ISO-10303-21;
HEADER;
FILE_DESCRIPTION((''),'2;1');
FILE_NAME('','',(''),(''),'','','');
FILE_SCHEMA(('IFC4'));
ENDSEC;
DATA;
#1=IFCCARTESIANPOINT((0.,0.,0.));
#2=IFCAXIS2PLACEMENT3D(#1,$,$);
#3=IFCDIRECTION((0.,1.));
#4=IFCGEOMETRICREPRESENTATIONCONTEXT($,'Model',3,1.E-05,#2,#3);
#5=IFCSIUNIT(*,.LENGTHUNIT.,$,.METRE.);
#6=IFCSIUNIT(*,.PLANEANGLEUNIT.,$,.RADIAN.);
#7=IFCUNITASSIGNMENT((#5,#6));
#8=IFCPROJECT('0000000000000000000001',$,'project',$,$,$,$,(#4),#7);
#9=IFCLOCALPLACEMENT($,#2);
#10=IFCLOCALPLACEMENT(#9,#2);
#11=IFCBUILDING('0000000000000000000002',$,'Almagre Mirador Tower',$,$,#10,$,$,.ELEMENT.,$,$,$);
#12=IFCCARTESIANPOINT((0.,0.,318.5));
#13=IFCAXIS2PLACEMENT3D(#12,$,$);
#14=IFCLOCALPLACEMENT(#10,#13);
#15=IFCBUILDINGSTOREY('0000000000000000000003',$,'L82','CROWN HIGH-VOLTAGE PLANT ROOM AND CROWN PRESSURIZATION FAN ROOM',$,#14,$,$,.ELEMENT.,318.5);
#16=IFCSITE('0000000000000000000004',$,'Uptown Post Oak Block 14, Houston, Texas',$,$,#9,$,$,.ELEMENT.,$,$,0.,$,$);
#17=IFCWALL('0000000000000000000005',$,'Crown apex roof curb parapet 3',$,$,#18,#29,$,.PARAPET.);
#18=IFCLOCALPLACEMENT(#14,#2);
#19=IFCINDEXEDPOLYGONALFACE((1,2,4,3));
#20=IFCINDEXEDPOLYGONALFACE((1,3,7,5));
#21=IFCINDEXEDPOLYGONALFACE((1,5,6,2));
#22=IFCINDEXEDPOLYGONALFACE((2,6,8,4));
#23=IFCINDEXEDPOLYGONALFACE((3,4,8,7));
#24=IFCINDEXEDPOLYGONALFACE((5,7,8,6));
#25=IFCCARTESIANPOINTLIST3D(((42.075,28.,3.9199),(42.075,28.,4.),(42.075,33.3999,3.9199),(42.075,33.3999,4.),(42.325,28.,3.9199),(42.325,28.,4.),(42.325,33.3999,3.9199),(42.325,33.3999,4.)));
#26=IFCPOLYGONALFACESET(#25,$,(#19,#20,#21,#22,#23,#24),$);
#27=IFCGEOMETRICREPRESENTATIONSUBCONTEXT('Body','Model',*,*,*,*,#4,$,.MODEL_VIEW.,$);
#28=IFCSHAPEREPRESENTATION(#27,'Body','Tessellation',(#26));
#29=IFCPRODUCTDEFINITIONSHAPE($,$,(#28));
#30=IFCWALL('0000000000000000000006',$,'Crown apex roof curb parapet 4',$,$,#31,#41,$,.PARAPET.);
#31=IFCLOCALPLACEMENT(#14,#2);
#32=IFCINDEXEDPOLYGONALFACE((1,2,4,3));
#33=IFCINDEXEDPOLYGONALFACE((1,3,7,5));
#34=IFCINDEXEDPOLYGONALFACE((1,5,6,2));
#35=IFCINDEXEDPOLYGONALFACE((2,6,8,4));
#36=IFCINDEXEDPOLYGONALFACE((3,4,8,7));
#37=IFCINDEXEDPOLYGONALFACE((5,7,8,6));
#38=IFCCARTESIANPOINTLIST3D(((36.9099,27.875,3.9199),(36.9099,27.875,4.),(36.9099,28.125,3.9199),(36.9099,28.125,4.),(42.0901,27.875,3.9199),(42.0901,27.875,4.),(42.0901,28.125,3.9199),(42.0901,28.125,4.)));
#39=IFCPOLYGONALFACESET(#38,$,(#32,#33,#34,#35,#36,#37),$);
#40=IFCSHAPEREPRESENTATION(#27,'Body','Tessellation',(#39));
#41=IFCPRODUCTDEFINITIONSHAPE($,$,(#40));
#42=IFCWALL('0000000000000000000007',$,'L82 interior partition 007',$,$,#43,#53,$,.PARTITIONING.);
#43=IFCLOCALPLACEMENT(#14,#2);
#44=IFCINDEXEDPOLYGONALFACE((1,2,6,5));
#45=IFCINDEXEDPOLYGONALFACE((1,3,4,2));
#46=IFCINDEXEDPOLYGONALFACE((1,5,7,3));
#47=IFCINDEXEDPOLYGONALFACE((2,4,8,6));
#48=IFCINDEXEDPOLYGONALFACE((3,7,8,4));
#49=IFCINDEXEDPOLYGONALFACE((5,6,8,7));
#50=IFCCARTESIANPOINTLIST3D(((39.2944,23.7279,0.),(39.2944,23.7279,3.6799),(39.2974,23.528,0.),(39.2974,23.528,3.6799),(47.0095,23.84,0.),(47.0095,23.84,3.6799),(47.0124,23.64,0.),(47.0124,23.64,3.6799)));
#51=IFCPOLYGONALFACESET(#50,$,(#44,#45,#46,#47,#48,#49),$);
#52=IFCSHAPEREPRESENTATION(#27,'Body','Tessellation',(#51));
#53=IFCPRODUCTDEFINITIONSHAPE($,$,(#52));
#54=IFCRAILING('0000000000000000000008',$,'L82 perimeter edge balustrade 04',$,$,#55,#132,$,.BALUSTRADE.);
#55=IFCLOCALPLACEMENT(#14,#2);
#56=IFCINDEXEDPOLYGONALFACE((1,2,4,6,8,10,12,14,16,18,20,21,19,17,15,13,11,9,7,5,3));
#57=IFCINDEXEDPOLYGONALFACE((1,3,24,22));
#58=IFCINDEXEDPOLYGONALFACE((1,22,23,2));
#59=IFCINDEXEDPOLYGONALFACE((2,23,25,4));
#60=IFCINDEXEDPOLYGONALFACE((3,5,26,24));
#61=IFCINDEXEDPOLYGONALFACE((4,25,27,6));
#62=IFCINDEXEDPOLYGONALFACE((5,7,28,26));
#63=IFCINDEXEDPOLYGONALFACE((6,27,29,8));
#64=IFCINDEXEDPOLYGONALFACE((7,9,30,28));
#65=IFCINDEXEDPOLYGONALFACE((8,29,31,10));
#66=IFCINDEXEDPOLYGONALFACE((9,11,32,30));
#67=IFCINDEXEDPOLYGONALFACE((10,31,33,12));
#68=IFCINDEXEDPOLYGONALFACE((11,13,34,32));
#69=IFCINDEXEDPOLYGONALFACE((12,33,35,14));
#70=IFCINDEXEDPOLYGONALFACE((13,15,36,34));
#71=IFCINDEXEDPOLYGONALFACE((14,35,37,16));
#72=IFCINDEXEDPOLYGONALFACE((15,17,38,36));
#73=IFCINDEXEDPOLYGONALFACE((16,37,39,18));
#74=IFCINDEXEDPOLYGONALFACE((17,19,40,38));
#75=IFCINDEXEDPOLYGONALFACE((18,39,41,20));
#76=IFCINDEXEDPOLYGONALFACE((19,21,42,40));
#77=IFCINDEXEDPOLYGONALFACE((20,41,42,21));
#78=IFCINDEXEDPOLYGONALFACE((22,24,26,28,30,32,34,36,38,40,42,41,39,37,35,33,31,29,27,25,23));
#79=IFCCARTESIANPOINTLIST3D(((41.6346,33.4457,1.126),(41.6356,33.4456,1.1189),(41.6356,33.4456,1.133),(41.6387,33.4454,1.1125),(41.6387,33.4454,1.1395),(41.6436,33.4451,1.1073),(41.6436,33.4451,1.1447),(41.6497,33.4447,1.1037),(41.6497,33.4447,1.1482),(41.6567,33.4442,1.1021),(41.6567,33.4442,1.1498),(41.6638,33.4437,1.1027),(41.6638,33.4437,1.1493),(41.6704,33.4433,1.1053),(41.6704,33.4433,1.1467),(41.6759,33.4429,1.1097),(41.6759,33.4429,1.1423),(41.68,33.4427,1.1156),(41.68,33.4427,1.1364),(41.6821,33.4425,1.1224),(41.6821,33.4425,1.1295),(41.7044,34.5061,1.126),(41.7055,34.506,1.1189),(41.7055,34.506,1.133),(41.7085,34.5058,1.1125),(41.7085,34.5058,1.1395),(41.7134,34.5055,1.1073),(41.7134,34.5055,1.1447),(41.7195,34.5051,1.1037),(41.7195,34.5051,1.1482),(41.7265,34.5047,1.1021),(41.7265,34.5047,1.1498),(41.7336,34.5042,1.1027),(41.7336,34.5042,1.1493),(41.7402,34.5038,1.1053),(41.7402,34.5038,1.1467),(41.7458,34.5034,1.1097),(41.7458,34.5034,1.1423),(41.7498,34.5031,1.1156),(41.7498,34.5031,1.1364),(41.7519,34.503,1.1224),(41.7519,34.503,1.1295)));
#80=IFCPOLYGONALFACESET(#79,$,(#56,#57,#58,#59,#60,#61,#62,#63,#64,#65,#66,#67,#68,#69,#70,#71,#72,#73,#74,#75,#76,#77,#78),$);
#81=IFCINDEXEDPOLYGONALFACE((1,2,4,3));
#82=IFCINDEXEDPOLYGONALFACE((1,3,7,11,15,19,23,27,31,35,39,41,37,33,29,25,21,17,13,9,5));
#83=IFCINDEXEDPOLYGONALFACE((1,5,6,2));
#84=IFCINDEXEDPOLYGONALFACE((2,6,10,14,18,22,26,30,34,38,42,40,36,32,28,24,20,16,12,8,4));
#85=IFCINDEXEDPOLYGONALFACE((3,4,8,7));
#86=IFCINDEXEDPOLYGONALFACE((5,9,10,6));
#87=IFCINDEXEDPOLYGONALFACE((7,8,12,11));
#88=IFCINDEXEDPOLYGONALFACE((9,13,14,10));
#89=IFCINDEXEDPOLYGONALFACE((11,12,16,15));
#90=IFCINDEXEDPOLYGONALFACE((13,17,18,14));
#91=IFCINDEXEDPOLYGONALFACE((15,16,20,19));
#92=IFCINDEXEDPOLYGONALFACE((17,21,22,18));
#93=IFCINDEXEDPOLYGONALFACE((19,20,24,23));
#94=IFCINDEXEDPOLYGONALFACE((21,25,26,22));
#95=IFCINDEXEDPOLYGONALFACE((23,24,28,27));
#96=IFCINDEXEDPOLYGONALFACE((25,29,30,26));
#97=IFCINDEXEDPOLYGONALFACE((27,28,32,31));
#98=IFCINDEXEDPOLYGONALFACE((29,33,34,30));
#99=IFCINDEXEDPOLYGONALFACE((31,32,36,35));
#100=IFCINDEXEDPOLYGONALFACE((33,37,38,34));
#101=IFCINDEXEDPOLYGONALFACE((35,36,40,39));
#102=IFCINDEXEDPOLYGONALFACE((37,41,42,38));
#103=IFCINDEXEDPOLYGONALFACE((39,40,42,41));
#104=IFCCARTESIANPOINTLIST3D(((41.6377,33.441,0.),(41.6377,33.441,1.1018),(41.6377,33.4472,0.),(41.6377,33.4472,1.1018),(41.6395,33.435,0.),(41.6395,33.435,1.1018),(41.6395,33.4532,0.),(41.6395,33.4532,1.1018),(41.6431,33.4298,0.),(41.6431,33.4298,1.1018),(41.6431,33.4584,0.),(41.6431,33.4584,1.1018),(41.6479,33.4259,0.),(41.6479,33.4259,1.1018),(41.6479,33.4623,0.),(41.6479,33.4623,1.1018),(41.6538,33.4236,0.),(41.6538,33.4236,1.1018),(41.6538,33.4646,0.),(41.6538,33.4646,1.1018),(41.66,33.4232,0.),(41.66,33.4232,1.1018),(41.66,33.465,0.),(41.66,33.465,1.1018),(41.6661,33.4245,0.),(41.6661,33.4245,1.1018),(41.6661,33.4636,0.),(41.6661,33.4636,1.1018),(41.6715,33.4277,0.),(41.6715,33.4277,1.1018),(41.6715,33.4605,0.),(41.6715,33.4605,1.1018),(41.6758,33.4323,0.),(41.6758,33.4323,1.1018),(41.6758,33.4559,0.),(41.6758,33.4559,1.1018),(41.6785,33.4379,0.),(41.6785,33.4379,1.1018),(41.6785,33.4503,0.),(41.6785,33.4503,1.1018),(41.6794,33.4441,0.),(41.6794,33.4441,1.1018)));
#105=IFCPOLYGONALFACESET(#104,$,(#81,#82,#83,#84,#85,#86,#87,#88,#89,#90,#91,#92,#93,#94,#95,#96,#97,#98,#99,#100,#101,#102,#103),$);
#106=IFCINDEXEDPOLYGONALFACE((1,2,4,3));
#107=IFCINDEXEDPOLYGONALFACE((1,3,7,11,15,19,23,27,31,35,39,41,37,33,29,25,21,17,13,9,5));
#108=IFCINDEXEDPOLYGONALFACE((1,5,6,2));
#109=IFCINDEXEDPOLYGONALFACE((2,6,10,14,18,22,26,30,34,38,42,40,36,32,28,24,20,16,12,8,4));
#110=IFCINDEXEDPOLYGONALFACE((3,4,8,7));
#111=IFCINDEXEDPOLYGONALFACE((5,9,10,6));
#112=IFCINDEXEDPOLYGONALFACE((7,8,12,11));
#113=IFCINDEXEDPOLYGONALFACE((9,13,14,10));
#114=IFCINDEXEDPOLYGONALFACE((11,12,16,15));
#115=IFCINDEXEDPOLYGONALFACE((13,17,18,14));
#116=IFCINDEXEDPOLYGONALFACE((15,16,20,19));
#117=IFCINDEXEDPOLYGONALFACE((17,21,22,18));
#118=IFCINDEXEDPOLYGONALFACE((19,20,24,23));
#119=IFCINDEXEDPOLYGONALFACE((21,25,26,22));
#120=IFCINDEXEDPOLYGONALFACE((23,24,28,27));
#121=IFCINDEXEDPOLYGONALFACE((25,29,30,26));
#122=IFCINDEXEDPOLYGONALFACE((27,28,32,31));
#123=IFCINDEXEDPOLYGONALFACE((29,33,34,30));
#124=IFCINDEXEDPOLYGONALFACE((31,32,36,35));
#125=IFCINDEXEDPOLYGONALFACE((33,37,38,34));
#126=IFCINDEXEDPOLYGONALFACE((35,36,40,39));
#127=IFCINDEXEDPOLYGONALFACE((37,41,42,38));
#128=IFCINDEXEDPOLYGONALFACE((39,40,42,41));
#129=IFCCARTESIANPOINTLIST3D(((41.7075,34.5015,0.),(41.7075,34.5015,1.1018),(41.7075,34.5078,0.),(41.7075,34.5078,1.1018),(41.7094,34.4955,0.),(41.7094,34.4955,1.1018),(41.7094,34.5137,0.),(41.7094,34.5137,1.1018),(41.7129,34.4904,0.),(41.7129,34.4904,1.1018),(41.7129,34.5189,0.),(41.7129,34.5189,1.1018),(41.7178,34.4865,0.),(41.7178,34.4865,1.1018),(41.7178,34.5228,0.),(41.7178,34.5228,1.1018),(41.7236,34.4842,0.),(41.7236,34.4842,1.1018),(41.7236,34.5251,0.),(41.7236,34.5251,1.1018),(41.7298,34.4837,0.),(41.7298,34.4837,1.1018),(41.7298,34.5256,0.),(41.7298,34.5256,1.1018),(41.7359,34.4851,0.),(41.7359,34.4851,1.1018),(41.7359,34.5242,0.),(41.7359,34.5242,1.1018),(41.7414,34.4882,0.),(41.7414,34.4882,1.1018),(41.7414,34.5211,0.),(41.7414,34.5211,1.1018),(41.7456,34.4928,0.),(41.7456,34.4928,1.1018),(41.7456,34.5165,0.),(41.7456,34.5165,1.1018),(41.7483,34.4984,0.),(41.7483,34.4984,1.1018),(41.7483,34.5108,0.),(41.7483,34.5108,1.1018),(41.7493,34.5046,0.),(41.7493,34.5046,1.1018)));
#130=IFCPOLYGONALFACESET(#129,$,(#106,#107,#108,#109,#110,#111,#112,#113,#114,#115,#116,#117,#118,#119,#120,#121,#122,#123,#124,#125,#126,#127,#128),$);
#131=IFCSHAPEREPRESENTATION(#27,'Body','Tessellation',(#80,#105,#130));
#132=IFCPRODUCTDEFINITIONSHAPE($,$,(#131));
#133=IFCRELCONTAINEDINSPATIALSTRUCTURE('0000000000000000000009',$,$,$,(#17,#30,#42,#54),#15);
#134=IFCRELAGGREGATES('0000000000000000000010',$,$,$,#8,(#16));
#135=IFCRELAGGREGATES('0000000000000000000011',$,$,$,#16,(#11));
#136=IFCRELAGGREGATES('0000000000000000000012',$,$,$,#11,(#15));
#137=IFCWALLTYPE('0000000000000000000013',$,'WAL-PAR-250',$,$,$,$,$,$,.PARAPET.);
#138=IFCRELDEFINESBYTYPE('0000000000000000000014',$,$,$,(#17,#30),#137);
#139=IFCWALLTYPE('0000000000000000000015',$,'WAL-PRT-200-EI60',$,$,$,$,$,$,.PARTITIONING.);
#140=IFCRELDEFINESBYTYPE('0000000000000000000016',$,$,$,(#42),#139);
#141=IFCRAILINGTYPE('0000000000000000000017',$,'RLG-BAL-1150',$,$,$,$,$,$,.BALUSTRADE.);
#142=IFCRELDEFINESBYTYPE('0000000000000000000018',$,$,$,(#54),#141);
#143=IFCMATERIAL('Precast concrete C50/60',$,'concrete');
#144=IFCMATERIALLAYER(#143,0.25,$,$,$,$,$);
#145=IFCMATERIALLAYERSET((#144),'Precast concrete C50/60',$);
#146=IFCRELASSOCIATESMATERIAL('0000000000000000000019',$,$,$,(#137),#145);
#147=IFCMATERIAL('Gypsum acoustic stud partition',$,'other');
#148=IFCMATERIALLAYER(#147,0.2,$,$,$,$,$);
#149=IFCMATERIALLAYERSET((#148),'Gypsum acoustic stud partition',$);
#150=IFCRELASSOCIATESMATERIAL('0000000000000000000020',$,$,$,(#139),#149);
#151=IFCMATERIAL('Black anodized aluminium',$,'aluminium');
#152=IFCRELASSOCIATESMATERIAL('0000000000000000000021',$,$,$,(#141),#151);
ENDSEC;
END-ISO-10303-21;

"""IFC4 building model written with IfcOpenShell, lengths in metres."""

from ifc_helpers import new_model, si_unit, direction, frame, frame_2d, origin, origin_2d, place, context, subcontext, project, spatial, rectangle, circle, extrude, material, layer, layer_set, type_object, element, save


model = new_model("IFC4")

# Units and contexts
model_context = context("Model", 3, precision=1e-05, world=origin(), true_north=direction((0.0, 1.0)))
body_context = subcontext(model_context, "Body", "Model", "MODEL_VIEW")
ifc_project = project(units=[si_unit("LENGTHUNIT", "METRE"), si_unit("PLANEANGLEUNIT", "RADIAN")], contexts=[model_context])

# Site, building, storey
site_placement = place(None, origin())
site = spatial("IfcSite", under=ifc_project, at=site_placement, Name="Uptown Post Oak Block 14, Houston, Texas", CompositionType="ELEMENT", RefElevation=0.0)
building_placement = place(site_placement, origin())
building = spatial("IfcBuilding", under=site, at=building_placement, Name="Almagre Mirador Tower", CompositionType="ELEMENT")
storey_placement = place(building_placement, frame((0.0, 0.0, 318.5)))
storey = spatial("IfcBuildingStorey", under=building, at=storey_placement, Name="L82", Description="CROWN HIGH-VOLTAGE PLANT ROOM AND CROWN PRESSURIZATION FAN ROOM", CompositionType="ELEMENT", Elevation=318.5)

# Walls
ifc_material_1 = material(Name="Precast concrete C50/60", Category="concrete")
ifc_layer_1 = layer(ifc_material_1, 0.25)
ifc_layer_set_1 = layer_set([ifc_layer_1], Name="Precast concrete C50/60")
wall_type_1 = type_object("IfcWallType", Name="WAL-PAR-250", PredefinedType="PARAPET", material=ifc_layer_set_1)
wall_1_placement = place(storey_placement, frame((42.2, 33.3999, 3.9199), z_axis=(0.0, 0.0, 1.0), x_axis=(0.0, -1.0, 0.0)))
element("IfcWall", 1, at=wall_1_placement, inside=storey, type_object=wall_type_1, Name="Crown apex roof curb parapet 3", PredefinedType="PARAPET", context=body_context, shape_type="SweptSolid", body=[
    extrude(rectangle(XDim=5.3999, YDim=0.25, at=frame_2d((2.7, 0.0))), origin(), (0.0, 0.0, 1.0), 0.0801),
])
wall_2_placement = place(storey_placement, frame((42.0901, 28.0, 3.9199), z_axis=(0.0, 0.0, 1.0), x_axis=(-1.0, 0.0, 0.0)))
element("IfcWall", 2, at=wall_2_placement, inside=storey, type_object=wall_type_1, Name="Crown apex roof curb parapet 4", PredefinedType="PARAPET", context=body_context, shape_type="SweptSolid", body=[
    extrude(rectangle(XDim=5.1802, YDim=0.25, at=frame_2d((2.5901, 0.0))), origin(), (0.0, 0.0, 1.0), 0.0801),
])
ifc_material_2 = material(Name="Gypsum acoustic stud partition", Category="other")
ifc_layer_2 = layer(ifc_material_2, 0.2)
ifc_layer_set_2 = layer_set([ifc_layer_2], Name="Gypsum acoustic stud partition")
wall_type_2 = type_object("IfcWallType", Name="WAL-PRT-200-EI60", PredefinedType="PARTITIONING", material=ifc_layer_set_2)
wall_3_placement = place(storey_placement, frame((39.2959, 23.6279, 0.0), z_axis=(0.0, 0.0, 1.0), x_axis=(0.999895, 0.014523, 0.0)))
element("IfcWall", 3, at=wall_3_placement, inside=storey, type_object=wall_type_2, Name="L82 interior partition 007", PredefinedType="PARTITIONING", context=body_context, shape_type="SweptSolid", body=[
    extrude(rectangle(XDim=7.7158, YDim=0.2, at=frame_2d((3.8579, 0.0))), origin(), (0.0, 0.0, 1.0), 3.6799),
])

# Railing
ifc_material_3 = material(Name="Black anodized aluminium", Category="aluminium")
railing_type = type_object("IfcRailingType", Name="RLG-BAL-1150", PredefinedType="BALUSTRADE", material=ifc_material_3)
railing_placement = place(storey_placement, frame((41.6584, 33.4441, 0.0)))
element("IfcRailing", 4, at=railing_placement, inside=storey, type_object=railing_type, Name="L82 perimeter edge balustrade 04", PredefinedType="BALUSTRADE", context=body_context, shape_type="SweptSolid", body=[
    extrude(circle(Radius=0.0239, at=origin_2d()), frame((0.0, 0.0, 1.126), z_axis=(0.065696, 0.99784, 0.0), x_axis=(-0.99784, 0.065696, 0.0)), (0.0, 0.0, 1.0), 1.0627),
    extrude(circle(Radius=0.021, at=origin_2d()), origin(), (0.0, 0.0, 1.0), 1.1018),
    extrude(circle(Radius=0.021, at=origin_2d()), frame((0.0698, 1.0605, 0.0)), (0.0, 0.0, 1.0), 1.1018),
])

save(model, "model.ifc")
